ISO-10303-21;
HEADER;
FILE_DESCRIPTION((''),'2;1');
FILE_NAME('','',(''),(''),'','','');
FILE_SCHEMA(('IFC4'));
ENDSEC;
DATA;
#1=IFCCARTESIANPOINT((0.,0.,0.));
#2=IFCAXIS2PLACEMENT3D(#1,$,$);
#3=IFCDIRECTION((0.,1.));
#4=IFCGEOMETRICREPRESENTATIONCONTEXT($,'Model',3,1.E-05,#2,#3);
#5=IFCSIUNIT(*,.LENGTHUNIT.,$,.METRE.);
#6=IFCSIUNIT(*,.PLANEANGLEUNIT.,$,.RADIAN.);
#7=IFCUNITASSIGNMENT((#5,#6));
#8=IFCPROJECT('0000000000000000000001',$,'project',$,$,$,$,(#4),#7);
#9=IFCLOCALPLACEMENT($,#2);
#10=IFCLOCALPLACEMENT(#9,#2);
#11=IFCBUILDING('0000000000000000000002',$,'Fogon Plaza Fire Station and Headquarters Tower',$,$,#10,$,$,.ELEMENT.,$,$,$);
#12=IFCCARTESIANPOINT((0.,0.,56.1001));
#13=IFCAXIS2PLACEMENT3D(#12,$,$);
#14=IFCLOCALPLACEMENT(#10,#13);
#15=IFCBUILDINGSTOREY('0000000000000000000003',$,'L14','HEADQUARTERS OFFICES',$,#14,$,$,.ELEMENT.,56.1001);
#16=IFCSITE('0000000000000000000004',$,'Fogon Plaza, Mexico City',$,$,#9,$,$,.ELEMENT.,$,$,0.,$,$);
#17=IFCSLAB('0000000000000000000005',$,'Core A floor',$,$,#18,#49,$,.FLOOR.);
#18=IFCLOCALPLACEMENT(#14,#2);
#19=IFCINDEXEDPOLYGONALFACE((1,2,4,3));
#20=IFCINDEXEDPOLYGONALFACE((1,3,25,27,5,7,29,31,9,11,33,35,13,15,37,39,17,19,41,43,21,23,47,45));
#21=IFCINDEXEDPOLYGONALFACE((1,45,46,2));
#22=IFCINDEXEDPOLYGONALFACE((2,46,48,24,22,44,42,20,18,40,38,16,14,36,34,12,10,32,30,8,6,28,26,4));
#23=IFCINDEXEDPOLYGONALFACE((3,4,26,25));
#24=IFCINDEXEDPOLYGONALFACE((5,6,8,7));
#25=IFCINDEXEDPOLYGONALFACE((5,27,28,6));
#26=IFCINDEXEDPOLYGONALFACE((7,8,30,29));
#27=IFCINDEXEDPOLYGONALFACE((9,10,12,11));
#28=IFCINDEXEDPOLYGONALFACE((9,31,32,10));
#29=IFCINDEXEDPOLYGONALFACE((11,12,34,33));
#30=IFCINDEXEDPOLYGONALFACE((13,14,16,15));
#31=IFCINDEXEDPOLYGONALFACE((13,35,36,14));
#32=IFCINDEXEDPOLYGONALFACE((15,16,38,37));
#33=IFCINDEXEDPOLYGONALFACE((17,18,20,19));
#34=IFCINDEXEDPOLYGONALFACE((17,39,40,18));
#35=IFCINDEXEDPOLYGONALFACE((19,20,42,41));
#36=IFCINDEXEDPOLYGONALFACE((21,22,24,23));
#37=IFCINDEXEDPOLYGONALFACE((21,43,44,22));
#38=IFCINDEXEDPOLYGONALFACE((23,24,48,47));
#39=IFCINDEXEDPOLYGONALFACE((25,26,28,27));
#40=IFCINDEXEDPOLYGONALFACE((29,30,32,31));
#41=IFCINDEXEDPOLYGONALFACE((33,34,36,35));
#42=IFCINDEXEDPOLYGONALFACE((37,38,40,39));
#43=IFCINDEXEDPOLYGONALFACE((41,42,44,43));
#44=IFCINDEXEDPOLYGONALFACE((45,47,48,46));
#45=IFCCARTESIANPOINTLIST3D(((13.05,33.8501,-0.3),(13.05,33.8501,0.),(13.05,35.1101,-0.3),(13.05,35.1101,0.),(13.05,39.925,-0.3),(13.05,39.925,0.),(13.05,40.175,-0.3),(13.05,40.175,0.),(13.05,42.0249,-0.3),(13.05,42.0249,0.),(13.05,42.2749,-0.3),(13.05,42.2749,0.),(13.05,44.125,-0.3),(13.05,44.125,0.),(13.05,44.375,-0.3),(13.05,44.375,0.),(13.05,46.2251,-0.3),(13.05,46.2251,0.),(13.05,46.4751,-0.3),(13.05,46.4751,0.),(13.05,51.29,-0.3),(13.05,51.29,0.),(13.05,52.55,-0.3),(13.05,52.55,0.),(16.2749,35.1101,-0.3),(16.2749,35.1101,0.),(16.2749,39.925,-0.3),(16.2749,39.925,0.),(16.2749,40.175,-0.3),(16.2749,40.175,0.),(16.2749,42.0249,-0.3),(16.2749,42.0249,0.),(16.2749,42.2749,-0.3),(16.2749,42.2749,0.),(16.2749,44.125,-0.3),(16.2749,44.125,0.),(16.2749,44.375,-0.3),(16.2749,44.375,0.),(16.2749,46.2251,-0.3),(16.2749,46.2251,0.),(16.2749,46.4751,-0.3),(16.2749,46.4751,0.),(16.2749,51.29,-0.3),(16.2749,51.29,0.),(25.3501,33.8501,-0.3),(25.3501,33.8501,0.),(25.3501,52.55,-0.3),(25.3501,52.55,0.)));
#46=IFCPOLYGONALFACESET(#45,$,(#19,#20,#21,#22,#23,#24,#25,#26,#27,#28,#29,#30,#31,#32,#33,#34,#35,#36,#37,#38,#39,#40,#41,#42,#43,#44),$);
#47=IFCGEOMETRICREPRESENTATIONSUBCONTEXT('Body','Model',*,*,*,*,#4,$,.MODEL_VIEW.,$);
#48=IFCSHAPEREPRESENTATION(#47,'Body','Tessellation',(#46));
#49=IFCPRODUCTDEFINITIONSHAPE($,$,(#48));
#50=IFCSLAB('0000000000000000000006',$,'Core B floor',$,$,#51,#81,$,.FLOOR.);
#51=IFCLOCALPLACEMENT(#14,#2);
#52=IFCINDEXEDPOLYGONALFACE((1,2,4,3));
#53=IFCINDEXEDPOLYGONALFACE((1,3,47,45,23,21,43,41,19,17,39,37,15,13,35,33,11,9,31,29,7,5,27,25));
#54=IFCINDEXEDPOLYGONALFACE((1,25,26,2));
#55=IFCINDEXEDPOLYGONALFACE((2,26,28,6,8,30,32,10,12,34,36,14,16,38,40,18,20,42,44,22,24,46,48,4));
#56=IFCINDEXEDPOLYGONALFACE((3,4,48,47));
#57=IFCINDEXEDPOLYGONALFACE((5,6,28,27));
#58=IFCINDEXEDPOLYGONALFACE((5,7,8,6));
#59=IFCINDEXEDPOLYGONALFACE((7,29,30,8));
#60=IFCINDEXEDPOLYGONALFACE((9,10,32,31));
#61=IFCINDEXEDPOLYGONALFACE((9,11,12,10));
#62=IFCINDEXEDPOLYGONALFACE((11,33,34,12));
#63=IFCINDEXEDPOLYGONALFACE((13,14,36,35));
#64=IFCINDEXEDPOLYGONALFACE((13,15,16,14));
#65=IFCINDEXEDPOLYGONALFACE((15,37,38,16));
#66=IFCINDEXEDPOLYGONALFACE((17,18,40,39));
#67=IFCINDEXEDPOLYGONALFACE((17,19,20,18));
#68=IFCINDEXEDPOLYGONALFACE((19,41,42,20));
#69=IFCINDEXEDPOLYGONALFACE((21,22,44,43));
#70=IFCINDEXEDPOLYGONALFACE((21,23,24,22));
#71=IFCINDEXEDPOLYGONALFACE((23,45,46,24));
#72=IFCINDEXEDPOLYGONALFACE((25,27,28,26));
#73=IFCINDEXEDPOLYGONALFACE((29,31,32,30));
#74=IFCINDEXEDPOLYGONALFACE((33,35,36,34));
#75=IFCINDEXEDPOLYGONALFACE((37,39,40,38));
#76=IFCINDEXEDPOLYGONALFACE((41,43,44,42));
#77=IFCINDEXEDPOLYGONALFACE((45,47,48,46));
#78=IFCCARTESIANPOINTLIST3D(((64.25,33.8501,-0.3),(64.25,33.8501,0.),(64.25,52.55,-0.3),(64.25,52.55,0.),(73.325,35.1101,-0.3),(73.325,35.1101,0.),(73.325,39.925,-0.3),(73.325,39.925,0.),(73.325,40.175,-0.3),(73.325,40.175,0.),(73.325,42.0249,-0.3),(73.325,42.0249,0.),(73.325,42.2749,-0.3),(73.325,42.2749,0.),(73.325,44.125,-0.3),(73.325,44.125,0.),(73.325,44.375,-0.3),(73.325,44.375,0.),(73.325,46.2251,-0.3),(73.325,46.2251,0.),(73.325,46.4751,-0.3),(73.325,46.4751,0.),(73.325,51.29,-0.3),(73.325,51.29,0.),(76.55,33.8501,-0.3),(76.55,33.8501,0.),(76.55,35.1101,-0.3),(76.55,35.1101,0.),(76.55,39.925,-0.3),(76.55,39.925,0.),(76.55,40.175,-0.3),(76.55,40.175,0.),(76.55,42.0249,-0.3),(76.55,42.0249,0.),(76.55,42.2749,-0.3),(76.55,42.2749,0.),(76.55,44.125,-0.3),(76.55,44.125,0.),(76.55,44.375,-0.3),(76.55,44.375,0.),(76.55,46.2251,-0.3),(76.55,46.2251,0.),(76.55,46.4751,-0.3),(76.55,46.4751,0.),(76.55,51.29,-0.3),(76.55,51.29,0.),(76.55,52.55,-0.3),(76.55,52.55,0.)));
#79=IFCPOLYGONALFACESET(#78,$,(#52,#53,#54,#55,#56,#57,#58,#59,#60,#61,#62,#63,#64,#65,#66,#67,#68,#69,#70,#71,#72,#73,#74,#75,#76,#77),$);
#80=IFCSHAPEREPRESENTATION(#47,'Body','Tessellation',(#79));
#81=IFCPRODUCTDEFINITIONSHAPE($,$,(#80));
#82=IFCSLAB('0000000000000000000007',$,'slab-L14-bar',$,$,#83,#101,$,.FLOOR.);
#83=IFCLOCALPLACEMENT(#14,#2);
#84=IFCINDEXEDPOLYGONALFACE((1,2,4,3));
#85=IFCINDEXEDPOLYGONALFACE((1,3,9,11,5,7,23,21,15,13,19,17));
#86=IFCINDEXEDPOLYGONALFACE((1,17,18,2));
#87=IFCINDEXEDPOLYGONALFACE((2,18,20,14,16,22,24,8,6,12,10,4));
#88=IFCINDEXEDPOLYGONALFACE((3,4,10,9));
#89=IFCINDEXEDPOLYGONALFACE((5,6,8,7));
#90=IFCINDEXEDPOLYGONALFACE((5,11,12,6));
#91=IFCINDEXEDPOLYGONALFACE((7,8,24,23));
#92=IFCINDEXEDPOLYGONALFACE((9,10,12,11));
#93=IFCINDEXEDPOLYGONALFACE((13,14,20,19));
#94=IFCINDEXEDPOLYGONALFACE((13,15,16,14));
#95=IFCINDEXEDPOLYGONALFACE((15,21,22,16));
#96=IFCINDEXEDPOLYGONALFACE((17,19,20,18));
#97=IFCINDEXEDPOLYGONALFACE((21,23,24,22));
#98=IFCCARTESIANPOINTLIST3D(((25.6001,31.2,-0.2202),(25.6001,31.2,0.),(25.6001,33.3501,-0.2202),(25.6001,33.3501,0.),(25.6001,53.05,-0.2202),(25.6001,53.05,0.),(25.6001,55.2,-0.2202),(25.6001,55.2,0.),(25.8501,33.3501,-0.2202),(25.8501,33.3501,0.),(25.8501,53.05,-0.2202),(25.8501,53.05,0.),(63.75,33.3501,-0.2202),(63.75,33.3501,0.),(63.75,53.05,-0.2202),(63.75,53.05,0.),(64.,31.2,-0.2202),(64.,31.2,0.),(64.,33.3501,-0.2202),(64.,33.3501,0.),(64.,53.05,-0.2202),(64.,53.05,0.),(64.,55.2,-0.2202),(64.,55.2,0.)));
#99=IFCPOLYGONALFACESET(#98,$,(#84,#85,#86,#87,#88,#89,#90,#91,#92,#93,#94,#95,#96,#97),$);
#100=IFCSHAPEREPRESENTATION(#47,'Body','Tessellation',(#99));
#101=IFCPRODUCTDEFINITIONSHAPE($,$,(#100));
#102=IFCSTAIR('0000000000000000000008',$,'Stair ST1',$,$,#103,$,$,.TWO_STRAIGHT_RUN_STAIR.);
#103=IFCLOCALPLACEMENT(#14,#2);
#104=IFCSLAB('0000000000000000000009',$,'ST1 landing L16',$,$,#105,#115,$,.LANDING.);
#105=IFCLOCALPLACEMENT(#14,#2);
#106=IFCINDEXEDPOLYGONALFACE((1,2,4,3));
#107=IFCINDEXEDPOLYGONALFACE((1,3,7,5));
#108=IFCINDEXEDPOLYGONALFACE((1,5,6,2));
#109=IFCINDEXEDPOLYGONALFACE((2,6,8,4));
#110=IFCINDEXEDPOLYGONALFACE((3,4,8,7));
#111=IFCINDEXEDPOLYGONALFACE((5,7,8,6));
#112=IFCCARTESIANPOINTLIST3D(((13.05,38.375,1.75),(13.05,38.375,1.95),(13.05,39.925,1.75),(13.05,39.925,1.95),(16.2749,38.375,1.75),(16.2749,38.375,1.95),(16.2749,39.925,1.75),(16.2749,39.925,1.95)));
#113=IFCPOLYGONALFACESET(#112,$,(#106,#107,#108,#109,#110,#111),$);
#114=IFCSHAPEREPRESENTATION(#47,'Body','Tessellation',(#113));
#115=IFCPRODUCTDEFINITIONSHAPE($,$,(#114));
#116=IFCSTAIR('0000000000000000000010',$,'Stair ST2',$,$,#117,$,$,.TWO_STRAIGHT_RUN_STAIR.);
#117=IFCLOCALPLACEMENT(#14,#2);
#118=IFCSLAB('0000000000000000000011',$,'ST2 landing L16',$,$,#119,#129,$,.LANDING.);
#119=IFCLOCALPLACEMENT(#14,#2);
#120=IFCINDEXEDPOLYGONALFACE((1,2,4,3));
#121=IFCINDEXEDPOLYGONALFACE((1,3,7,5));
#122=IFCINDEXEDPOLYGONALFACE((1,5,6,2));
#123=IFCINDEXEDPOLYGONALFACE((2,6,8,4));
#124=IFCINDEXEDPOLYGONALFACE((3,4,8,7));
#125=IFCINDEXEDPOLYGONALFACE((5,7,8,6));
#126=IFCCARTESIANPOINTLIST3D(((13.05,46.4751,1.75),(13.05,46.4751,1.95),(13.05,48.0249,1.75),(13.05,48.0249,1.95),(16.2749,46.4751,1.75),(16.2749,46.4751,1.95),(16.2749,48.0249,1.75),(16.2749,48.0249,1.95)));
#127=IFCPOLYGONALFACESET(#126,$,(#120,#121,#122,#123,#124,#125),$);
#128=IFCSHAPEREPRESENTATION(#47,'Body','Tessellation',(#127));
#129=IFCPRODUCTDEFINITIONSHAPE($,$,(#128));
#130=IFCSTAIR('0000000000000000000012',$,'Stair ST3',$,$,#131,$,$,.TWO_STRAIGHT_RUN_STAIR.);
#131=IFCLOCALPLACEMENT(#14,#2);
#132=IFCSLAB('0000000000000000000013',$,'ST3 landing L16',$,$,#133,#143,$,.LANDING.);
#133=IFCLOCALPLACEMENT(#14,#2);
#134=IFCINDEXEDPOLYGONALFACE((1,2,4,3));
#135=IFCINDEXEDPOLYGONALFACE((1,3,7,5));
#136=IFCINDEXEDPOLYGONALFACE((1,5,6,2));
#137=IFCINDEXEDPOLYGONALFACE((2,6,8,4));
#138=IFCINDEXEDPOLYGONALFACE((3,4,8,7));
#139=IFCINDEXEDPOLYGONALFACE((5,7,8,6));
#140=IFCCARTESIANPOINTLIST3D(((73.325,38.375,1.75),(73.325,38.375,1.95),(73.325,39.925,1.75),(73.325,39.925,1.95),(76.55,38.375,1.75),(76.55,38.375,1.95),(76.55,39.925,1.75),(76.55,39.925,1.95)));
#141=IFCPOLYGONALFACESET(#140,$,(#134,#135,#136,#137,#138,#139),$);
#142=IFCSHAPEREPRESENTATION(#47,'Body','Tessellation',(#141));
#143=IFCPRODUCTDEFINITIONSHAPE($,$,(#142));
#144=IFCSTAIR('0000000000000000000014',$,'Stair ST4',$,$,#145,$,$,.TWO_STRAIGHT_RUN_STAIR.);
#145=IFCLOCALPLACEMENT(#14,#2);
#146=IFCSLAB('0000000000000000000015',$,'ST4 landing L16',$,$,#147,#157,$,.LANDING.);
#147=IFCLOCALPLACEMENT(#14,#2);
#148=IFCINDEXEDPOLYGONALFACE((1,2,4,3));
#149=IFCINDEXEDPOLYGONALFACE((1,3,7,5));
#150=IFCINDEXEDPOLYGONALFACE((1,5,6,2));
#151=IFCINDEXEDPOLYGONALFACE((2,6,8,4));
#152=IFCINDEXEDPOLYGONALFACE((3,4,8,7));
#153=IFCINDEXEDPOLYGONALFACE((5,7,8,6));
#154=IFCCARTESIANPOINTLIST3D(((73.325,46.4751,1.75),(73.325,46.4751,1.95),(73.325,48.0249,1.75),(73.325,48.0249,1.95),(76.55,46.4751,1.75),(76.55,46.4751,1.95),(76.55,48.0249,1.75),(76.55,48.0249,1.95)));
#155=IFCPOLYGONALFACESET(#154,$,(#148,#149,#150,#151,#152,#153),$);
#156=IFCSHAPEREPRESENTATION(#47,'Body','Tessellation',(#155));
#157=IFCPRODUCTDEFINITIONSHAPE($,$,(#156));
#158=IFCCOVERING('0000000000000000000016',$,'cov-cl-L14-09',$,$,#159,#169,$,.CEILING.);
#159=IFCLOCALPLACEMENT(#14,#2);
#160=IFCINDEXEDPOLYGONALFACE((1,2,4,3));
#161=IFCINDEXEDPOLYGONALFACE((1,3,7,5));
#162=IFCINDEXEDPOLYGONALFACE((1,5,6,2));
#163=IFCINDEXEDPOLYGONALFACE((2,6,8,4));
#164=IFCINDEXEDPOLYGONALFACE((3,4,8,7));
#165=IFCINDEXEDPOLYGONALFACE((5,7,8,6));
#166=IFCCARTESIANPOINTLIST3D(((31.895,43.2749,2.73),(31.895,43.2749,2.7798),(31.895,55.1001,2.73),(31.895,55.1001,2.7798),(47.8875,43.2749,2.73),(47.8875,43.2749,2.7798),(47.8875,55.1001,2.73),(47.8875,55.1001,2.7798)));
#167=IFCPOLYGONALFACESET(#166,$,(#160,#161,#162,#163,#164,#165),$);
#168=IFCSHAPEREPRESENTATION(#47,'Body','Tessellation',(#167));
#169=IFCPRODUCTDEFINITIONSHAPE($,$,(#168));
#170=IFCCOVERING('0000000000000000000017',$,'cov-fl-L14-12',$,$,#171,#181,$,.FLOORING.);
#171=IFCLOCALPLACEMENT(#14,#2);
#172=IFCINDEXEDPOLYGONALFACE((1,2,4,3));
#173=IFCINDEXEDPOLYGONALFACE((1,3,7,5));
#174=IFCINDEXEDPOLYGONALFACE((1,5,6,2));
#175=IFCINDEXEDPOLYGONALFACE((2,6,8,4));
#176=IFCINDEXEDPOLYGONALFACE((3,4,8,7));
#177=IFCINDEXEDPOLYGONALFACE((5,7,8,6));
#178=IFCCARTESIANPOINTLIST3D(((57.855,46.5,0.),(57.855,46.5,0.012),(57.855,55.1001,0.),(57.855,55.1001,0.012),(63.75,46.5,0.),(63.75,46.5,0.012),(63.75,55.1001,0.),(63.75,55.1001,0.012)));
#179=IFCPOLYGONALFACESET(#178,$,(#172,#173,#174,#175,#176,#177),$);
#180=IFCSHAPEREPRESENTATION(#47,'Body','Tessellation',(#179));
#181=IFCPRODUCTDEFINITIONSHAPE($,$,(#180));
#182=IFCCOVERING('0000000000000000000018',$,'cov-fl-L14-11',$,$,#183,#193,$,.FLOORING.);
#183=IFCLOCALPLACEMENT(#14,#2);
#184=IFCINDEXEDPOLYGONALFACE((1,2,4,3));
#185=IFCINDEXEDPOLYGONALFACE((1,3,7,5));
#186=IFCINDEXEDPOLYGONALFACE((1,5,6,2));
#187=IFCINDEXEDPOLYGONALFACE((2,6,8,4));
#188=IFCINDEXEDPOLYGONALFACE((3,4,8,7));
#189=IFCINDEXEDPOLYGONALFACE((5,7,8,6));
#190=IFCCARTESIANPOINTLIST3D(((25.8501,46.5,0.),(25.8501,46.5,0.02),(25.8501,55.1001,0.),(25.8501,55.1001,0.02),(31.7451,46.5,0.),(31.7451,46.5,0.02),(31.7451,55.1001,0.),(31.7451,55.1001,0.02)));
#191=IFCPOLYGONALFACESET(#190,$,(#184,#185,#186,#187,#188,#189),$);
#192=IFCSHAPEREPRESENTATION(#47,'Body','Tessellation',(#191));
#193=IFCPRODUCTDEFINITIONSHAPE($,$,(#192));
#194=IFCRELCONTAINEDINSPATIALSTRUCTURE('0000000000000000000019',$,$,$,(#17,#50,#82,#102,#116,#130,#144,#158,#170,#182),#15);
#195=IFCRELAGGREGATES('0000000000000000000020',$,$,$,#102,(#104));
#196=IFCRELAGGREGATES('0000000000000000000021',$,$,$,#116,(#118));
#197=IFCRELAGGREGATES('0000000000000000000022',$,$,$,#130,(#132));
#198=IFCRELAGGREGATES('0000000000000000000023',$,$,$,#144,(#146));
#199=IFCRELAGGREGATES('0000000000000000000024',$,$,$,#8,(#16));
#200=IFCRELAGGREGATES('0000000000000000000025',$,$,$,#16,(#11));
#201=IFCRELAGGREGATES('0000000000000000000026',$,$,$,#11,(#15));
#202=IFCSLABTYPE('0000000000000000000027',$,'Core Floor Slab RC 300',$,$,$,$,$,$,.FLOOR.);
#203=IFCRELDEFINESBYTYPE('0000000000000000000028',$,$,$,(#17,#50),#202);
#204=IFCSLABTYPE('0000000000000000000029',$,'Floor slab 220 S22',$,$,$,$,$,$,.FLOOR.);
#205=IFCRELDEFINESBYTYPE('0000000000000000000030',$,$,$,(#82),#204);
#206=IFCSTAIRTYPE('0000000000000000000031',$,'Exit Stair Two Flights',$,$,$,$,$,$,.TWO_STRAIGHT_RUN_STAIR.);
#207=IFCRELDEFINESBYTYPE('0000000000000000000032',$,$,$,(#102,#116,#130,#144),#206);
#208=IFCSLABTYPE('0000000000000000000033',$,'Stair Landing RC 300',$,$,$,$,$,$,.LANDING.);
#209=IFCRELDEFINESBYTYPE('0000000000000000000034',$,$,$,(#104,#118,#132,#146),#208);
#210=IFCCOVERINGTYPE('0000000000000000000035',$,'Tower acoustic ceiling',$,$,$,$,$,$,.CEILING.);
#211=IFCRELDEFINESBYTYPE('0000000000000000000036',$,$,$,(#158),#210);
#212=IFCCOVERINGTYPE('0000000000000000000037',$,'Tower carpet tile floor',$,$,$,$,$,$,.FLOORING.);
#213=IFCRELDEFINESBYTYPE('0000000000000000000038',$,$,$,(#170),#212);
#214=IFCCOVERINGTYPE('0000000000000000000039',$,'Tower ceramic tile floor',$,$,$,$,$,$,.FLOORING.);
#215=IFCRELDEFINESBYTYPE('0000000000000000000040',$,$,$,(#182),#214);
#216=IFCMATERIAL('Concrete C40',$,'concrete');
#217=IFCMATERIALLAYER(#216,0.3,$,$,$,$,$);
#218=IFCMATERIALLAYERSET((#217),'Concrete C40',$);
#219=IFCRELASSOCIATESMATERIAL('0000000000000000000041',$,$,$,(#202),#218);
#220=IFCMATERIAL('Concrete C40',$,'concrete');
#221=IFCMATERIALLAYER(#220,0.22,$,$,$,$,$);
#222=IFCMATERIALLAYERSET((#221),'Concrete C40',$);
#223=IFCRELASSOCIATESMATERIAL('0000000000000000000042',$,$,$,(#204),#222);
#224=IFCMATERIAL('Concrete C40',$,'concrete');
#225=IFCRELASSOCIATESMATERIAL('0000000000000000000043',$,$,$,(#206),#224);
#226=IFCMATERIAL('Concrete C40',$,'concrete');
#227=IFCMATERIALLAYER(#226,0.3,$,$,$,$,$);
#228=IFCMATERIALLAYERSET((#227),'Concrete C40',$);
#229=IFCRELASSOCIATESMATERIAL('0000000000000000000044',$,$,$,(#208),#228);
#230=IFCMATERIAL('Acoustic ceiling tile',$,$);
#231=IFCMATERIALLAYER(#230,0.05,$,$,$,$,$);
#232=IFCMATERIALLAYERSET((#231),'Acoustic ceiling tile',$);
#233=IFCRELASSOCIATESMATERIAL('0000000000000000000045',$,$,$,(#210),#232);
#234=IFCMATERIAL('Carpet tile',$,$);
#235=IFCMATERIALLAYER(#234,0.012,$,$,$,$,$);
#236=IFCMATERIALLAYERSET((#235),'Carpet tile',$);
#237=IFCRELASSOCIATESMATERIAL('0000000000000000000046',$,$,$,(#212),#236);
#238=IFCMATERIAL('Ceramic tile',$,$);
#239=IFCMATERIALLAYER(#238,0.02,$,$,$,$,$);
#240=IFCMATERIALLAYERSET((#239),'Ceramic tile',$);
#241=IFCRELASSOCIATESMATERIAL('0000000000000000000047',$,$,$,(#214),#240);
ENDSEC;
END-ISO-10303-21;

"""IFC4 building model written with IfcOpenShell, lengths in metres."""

from ifc_helpers import new_model, si_unit, direction, frame, origin, place, context, subcontext, project, spatial, polyline, outline, extrude, material, layer, layer_set, type_object, element, aggregate, save


model = new_model("IFC4")

# Units and contexts
model_context = context("Model", 3, precision=1e-05, world=origin(), true_north=direction((0.0, 1.0)))
body_context = subcontext(model_context, "Body", "Model", "MODEL_VIEW")
ifc_project = project(units=[si_unit("LENGTHUNIT", "METRE"), si_unit("PLANEANGLEUNIT", "RADIAN")], contexts=[model_context])

# Site, building, storey
site_placement = place(None, origin())
site = spatial("IfcSite", under=ifc_project, at=site_placement, Name="Fogon Plaza, Mexico City", CompositionType="ELEMENT", RefElevation=0.0)
building_placement = place(site_placement, origin())
building = spatial("IfcBuilding", under=site, at=building_placement, Name="Fogon Plaza Fire Station and Headquarters Tower", CompositionType="ELEMENT")
storey_placement = place(building_placement, frame((0.0, 0.0, 56.1001)))
storey = spatial("IfcBuildingStorey", under=building, at=storey_placement, Name="L14", Description="HEADQUARTERS OFFICES", CompositionType="ELEMENT", Elevation=56.1001)

# Slabs
ifc_material_1 = material(Name="Concrete C40", Category="concrete")
ifc_layer_1 = layer(ifc_material_1, 0.3)
ifc_layer_set_1 = layer_set([ifc_layer_1], Name="Concrete C40")
slab_type_1 = type_object("IfcSlabType", Name="Core Floor Slab RC 300", PredefinedType="FLOOR", material=ifc_layer_set_1)
slab_1_placement = place(storey_placement, frame((0.0, 0.0, -0.3)))
element("IfcSlab", 1, at=slab_1_placement, inside=storey, type_object=slab_type_1, Name="Core A floor", PredefinedType="FLOOR", context=body_context, shape_type="SweptSolid", body=[
    extrude(outline(polyline([(13.05, 35.1101), (13.05, 33.8501), (25.3501, 33.8501), (25.3501, 52.55), (13.05, 52.55), (13.05, 51.29), (16.2749, 51.29), (16.2749, 46.4751), (13.05, 46.4751), (13.05, 46.2251), (16.2749, 46.2251), (16.2749, 44.375), (13.05, 44.375), (13.05, 44.125), (16.2749, 44.125), (16.2749, 42.2749), (13.05, 42.2749), (13.05, 42.0249), (16.2749, 42.0249), (16.2749, 40.175), (13.05, 40.175), (13.05, 39.925), (16.2749, 39.925), (16.2749, 35.1101), (13.05, 35.1101)])), origin(), (0.0, 0.0, 1.0), 0.3),
])
slab_2_placement = place(storey_placement, frame((0.0, 0.0, -0.3)))
element("IfcSlab", 2, at=slab_2_placement, inside=storey, type_object=slab_type_1, Name="Core B floor", PredefinedType="FLOOR", context=body_context, shape_type="SweptSolid", body=[
    extrude(outline(polyline([(76.55, 35.1101), (73.325, 35.1101), (73.325, 39.925), (76.55, 39.925), (76.55, 40.175), (73.325, 40.175), (73.325, 42.0249), (76.55, 42.0249), (76.55, 42.2749), (73.325, 42.2749), (73.325, 44.125), (76.55, 44.125), (76.55, 44.375), (73.325, 44.375), (73.325, 46.2251), (76.55, 46.2251), (76.55, 46.4751), (73.325, 46.4751), (73.325, 51.29), (76.55, 51.29), (76.55, 52.55), (64.25, 52.55), (64.25, 33.8501), (76.55, 33.8501), (76.55, 35.1101)])), origin(), (0.0, 0.0, 1.0), 0.3),
])
ifc_material_2 = material(Name="Concrete C40", Category="concrete")
ifc_layer_2 = layer(ifc_material_2, 0.22)
ifc_layer_set_2 = layer_set([ifc_layer_2], Name="Concrete C40")
slab_type_2 = type_object("IfcSlabType", Name="Floor slab 220 S22", PredefinedType="FLOOR", material=ifc_layer_set_2)
slab_3_placement = place(storey_placement, frame((0.0, 0.0, -0.2202)))
element("IfcSlab", 3, at=slab_3_placement, inside=storey, type_object=slab_type_2, Name="slab-L14-bar", PredefinedType="FLOOR", context=body_context, shape_type="SweptSolid", body=[
    extrude(outline(polyline([(64.0, 31.2), (25.6001, 31.2), (25.6001, 33.3501), (25.8501, 33.3501), (25.8501, 53.05), (25.6001, 53.05), (25.6001, 55.2), (64.0, 55.2), (64.0, 53.05), (63.75, 53.05), (63.75, 33.3501), (64.0, 33.3501), (64.0, 31.2)])), origin(), (0.0, 0.0, 1.0), 0.2202),
])

# Stairs, slabs
ifc_material_3 = material(Name="Concrete C40", Category="concrete")
stair_type = type_object("IfcStairType", Name="Exit Stair Two Flights", PredefinedType="TWO_STRAIGHT_RUN_STAIR", material=ifc_material_3)
stair_1_placement = place(storey_placement, origin())
stair_1 = element("IfcStair", 4, at=stair_1_placement, inside=storey, type_object=stair_type, Name="Stair ST1", PredefinedType="TWO_STRAIGHT_RUN_STAIR")
ifc_material_4 = material(Name="Concrete C40", Category="concrete")
ifc_layer_3 = layer(ifc_material_4, 0.3)
ifc_layer_set_3 = layer_set([ifc_layer_3], Name="Concrete C40")
slab_type_3 = type_object("IfcSlabType", Name="Stair Landing RC 300", PredefinedType="LANDING", material=ifc_layer_set_3)
slab_4_placement = place(storey_placement, frame((0.0, 0.0, 1.75)))
slab_4 = element("IfcSlab", 5, at=slab_4_placement, type_object=slab_type_3, Name="ST1 landing L16", PredefinedType="LANDING", context=body_context, shape_type="SweptSolid", body=[
    extrude(outline(polyline([(16.2749, 38.375), (16.2749, 39.925), (13.05, 39.925), (13.05, 38.375), (16.2749, 38.375)])), origin(), (0.0, 0.0, 1.0), 0.2),
])
aggregate(stair_1, [slab_4])
stair_2_placement = place(storey_placement, origin())
stair_2 = element("IfcStair", 6, at=stair_2_placement, inside=storey, type_object=stair_type, Name="Stair ST2", PredefinedType="TWO_STRAIGHT_RUN_STAIR")
slab_5_placement = place(storey_placement, frame((0.0, 0.0, 1.75)))
slab_5 = element("IfcSlab", 7, at=slab_5_placement, type_object=slab_type_3, Name="ST2 landing L16", PredefinedType="LANDING", context=body_context, shape_type="SweptSolid", body=[
    extrude(outline(polyline([(16.2749, 46.4751), (16.2749, 48.0249), (13.05, 48.0249), (13.05, 46.4751), (16.2749, 46.4751)])), origin(), (0.0, 0.0, 1.0), 0.2),
])
aggregate(stair_2, [slab_5])
stair_3_placement = place(storey_placement, origin())
stair_3 = element("IfcStair", 8, at=stair_3_placement, inside=storey, type_object=stair_type, Name="Stair ST3", PredefinedType="TWO_STRAIGHT_RUN_STAIR")
slab_6_placement = place(storey_placement, frame((0.0, 0.0, 1.75)))
slab_6 = element("IfcSlab", 9, at=slab_6_placement, type_object=slab_type_3, Name="ST3 landing L16", PredefinedType="LANDING", context=body_context, shape_type="SweptSolid", body=[
    extrude(outline(polyline([(73.325, 38.375), (76.55, 38.375), (76.55, 39.925), (73.325, 39.925), (73.325, 38.375)])), origin(), (0.0, 0.0, 1.0), 0.2),
])
aggregate(stair_3, [slab_6])
stair_4_placement = place(storey_placement, origin())
stair_4 = element("IfcStair", 10, at=stair_4_placement, inside=storey, type_object=stair_type, Name="Stair ST4", PredefinedType="TWO_STRAIGHT_RUN_STAIR")
slab_7_placement = place(storey_placement, frame((0.0, 0.0, 1.75)))
slab_7 = element("IfcSlab", 11, at=slab_7_placement, type_object=slab_type_3, Name="ST4 landing L16", PredefinedType="LANDING", context=body_context, shape_type="SweptSolid", body=[
    extrude(outline(polyline([(73.325, 46.4751), (76.55, 46.4751), (76.55, 48.0249), (73.325, 48.0249), (73.325, 46.4751)])), origin(), (0.0, 0.0, 1.0), 0.2),
])
aggregate(stair_4, [slab_7])

# Coverings
ifc_material_5 = material(Name="Acoustic ceiling tile")
ifc_layer_4 = layer(ifc_material_5, 0.05)
ifc_layer_set_4 = layer_set([ifc_layer_4], Name="Acoustic ceiling tile")
covering_type_1 = type_object("IfcCoveringType", Name="Tower acoustic ceiling", PredefinedType="CEILING", material=ifc_layer_set_4)
covering_1_placement = place(storey_placement, frame((0.0, 0.0, 2.73)))
element("IfcCovering", 12, at=covering_1_placement, inside=storey, type_object=covering_type_1, Name="cov-cl-L14-09", PredefinedType="CEILING", context=body_context, shape_type="SweptSolid", body=[
    extrude(outline(polyline([(47.8875, 43.2749), (47.8875, 55.1001), (31.895, 55.1001), (31.895, 43.2749), (47.8875, 43.2749)])), origin(), (0.0, 0.0, 1.0), 0.0498),
])
ifc_material_6 = material(Name="Carpet tile")
ifc_layer_5 = layer(ifc_material_6, 0.012)
ifc_layer_set_5 = layer_set([ifc_layer_5], Name="Carpet tile")
covering_type_2 = type_object("IfcCoveringType", Name="Tower carpet tile floor", PredefinedType="FLOORING", material=ifc_layer_set_5)
covering_2_placement = place(storey_placement, origin())
element("IfcCovering", 13, at=covering_2_placement, inside=storey, type_object=covering_type_2, Name="cov-fl-L14-12", PredefinedType="FLOORING", context=body_context, shape_type="SweptSolid", body=[
    extrude(outline(polyline([(63.75, 46.5), (63.75, 55.1001), (57.855, 55.1001), (57.855, 46.5), (63.75, 46.5)])), origin(), (0.0, 0.0, 1.0), 0.012),
])
ifc_material_7 = material(Name="Ceramic tile")
ifc_layer_6 = layer(ifc_material_7, 0.02)
ifc_layer_set_6 = layer_set([ifc_layer_6], Name="Ceramic tile")
covering_type_3 = type_object("IfcCoveringType", Name="Tower ceramic tile floor", PredefinedType="FLOORING", material=ifc_layer_set_6)
covering_3_placement = place(storey_placement, origin())
element("IfcCovering", 14, at=covering_3_placement, inside=storey, type_object=covering_type_3, Name="cov-fl-L14-11", PredefinedType="FLOORING", context=body_context, shape_type="SweptSolid", body=[
    extrude(outline(polyline([(31.7451, 46.5), (31.7451, 55.1001), (25.8501, 55.1001), (25.8501, 46.5), (31.7451, 46.5)])), origin(), (0.0, 0.0, 1.0), 0.02),
])

save(model, "model.ifc")
